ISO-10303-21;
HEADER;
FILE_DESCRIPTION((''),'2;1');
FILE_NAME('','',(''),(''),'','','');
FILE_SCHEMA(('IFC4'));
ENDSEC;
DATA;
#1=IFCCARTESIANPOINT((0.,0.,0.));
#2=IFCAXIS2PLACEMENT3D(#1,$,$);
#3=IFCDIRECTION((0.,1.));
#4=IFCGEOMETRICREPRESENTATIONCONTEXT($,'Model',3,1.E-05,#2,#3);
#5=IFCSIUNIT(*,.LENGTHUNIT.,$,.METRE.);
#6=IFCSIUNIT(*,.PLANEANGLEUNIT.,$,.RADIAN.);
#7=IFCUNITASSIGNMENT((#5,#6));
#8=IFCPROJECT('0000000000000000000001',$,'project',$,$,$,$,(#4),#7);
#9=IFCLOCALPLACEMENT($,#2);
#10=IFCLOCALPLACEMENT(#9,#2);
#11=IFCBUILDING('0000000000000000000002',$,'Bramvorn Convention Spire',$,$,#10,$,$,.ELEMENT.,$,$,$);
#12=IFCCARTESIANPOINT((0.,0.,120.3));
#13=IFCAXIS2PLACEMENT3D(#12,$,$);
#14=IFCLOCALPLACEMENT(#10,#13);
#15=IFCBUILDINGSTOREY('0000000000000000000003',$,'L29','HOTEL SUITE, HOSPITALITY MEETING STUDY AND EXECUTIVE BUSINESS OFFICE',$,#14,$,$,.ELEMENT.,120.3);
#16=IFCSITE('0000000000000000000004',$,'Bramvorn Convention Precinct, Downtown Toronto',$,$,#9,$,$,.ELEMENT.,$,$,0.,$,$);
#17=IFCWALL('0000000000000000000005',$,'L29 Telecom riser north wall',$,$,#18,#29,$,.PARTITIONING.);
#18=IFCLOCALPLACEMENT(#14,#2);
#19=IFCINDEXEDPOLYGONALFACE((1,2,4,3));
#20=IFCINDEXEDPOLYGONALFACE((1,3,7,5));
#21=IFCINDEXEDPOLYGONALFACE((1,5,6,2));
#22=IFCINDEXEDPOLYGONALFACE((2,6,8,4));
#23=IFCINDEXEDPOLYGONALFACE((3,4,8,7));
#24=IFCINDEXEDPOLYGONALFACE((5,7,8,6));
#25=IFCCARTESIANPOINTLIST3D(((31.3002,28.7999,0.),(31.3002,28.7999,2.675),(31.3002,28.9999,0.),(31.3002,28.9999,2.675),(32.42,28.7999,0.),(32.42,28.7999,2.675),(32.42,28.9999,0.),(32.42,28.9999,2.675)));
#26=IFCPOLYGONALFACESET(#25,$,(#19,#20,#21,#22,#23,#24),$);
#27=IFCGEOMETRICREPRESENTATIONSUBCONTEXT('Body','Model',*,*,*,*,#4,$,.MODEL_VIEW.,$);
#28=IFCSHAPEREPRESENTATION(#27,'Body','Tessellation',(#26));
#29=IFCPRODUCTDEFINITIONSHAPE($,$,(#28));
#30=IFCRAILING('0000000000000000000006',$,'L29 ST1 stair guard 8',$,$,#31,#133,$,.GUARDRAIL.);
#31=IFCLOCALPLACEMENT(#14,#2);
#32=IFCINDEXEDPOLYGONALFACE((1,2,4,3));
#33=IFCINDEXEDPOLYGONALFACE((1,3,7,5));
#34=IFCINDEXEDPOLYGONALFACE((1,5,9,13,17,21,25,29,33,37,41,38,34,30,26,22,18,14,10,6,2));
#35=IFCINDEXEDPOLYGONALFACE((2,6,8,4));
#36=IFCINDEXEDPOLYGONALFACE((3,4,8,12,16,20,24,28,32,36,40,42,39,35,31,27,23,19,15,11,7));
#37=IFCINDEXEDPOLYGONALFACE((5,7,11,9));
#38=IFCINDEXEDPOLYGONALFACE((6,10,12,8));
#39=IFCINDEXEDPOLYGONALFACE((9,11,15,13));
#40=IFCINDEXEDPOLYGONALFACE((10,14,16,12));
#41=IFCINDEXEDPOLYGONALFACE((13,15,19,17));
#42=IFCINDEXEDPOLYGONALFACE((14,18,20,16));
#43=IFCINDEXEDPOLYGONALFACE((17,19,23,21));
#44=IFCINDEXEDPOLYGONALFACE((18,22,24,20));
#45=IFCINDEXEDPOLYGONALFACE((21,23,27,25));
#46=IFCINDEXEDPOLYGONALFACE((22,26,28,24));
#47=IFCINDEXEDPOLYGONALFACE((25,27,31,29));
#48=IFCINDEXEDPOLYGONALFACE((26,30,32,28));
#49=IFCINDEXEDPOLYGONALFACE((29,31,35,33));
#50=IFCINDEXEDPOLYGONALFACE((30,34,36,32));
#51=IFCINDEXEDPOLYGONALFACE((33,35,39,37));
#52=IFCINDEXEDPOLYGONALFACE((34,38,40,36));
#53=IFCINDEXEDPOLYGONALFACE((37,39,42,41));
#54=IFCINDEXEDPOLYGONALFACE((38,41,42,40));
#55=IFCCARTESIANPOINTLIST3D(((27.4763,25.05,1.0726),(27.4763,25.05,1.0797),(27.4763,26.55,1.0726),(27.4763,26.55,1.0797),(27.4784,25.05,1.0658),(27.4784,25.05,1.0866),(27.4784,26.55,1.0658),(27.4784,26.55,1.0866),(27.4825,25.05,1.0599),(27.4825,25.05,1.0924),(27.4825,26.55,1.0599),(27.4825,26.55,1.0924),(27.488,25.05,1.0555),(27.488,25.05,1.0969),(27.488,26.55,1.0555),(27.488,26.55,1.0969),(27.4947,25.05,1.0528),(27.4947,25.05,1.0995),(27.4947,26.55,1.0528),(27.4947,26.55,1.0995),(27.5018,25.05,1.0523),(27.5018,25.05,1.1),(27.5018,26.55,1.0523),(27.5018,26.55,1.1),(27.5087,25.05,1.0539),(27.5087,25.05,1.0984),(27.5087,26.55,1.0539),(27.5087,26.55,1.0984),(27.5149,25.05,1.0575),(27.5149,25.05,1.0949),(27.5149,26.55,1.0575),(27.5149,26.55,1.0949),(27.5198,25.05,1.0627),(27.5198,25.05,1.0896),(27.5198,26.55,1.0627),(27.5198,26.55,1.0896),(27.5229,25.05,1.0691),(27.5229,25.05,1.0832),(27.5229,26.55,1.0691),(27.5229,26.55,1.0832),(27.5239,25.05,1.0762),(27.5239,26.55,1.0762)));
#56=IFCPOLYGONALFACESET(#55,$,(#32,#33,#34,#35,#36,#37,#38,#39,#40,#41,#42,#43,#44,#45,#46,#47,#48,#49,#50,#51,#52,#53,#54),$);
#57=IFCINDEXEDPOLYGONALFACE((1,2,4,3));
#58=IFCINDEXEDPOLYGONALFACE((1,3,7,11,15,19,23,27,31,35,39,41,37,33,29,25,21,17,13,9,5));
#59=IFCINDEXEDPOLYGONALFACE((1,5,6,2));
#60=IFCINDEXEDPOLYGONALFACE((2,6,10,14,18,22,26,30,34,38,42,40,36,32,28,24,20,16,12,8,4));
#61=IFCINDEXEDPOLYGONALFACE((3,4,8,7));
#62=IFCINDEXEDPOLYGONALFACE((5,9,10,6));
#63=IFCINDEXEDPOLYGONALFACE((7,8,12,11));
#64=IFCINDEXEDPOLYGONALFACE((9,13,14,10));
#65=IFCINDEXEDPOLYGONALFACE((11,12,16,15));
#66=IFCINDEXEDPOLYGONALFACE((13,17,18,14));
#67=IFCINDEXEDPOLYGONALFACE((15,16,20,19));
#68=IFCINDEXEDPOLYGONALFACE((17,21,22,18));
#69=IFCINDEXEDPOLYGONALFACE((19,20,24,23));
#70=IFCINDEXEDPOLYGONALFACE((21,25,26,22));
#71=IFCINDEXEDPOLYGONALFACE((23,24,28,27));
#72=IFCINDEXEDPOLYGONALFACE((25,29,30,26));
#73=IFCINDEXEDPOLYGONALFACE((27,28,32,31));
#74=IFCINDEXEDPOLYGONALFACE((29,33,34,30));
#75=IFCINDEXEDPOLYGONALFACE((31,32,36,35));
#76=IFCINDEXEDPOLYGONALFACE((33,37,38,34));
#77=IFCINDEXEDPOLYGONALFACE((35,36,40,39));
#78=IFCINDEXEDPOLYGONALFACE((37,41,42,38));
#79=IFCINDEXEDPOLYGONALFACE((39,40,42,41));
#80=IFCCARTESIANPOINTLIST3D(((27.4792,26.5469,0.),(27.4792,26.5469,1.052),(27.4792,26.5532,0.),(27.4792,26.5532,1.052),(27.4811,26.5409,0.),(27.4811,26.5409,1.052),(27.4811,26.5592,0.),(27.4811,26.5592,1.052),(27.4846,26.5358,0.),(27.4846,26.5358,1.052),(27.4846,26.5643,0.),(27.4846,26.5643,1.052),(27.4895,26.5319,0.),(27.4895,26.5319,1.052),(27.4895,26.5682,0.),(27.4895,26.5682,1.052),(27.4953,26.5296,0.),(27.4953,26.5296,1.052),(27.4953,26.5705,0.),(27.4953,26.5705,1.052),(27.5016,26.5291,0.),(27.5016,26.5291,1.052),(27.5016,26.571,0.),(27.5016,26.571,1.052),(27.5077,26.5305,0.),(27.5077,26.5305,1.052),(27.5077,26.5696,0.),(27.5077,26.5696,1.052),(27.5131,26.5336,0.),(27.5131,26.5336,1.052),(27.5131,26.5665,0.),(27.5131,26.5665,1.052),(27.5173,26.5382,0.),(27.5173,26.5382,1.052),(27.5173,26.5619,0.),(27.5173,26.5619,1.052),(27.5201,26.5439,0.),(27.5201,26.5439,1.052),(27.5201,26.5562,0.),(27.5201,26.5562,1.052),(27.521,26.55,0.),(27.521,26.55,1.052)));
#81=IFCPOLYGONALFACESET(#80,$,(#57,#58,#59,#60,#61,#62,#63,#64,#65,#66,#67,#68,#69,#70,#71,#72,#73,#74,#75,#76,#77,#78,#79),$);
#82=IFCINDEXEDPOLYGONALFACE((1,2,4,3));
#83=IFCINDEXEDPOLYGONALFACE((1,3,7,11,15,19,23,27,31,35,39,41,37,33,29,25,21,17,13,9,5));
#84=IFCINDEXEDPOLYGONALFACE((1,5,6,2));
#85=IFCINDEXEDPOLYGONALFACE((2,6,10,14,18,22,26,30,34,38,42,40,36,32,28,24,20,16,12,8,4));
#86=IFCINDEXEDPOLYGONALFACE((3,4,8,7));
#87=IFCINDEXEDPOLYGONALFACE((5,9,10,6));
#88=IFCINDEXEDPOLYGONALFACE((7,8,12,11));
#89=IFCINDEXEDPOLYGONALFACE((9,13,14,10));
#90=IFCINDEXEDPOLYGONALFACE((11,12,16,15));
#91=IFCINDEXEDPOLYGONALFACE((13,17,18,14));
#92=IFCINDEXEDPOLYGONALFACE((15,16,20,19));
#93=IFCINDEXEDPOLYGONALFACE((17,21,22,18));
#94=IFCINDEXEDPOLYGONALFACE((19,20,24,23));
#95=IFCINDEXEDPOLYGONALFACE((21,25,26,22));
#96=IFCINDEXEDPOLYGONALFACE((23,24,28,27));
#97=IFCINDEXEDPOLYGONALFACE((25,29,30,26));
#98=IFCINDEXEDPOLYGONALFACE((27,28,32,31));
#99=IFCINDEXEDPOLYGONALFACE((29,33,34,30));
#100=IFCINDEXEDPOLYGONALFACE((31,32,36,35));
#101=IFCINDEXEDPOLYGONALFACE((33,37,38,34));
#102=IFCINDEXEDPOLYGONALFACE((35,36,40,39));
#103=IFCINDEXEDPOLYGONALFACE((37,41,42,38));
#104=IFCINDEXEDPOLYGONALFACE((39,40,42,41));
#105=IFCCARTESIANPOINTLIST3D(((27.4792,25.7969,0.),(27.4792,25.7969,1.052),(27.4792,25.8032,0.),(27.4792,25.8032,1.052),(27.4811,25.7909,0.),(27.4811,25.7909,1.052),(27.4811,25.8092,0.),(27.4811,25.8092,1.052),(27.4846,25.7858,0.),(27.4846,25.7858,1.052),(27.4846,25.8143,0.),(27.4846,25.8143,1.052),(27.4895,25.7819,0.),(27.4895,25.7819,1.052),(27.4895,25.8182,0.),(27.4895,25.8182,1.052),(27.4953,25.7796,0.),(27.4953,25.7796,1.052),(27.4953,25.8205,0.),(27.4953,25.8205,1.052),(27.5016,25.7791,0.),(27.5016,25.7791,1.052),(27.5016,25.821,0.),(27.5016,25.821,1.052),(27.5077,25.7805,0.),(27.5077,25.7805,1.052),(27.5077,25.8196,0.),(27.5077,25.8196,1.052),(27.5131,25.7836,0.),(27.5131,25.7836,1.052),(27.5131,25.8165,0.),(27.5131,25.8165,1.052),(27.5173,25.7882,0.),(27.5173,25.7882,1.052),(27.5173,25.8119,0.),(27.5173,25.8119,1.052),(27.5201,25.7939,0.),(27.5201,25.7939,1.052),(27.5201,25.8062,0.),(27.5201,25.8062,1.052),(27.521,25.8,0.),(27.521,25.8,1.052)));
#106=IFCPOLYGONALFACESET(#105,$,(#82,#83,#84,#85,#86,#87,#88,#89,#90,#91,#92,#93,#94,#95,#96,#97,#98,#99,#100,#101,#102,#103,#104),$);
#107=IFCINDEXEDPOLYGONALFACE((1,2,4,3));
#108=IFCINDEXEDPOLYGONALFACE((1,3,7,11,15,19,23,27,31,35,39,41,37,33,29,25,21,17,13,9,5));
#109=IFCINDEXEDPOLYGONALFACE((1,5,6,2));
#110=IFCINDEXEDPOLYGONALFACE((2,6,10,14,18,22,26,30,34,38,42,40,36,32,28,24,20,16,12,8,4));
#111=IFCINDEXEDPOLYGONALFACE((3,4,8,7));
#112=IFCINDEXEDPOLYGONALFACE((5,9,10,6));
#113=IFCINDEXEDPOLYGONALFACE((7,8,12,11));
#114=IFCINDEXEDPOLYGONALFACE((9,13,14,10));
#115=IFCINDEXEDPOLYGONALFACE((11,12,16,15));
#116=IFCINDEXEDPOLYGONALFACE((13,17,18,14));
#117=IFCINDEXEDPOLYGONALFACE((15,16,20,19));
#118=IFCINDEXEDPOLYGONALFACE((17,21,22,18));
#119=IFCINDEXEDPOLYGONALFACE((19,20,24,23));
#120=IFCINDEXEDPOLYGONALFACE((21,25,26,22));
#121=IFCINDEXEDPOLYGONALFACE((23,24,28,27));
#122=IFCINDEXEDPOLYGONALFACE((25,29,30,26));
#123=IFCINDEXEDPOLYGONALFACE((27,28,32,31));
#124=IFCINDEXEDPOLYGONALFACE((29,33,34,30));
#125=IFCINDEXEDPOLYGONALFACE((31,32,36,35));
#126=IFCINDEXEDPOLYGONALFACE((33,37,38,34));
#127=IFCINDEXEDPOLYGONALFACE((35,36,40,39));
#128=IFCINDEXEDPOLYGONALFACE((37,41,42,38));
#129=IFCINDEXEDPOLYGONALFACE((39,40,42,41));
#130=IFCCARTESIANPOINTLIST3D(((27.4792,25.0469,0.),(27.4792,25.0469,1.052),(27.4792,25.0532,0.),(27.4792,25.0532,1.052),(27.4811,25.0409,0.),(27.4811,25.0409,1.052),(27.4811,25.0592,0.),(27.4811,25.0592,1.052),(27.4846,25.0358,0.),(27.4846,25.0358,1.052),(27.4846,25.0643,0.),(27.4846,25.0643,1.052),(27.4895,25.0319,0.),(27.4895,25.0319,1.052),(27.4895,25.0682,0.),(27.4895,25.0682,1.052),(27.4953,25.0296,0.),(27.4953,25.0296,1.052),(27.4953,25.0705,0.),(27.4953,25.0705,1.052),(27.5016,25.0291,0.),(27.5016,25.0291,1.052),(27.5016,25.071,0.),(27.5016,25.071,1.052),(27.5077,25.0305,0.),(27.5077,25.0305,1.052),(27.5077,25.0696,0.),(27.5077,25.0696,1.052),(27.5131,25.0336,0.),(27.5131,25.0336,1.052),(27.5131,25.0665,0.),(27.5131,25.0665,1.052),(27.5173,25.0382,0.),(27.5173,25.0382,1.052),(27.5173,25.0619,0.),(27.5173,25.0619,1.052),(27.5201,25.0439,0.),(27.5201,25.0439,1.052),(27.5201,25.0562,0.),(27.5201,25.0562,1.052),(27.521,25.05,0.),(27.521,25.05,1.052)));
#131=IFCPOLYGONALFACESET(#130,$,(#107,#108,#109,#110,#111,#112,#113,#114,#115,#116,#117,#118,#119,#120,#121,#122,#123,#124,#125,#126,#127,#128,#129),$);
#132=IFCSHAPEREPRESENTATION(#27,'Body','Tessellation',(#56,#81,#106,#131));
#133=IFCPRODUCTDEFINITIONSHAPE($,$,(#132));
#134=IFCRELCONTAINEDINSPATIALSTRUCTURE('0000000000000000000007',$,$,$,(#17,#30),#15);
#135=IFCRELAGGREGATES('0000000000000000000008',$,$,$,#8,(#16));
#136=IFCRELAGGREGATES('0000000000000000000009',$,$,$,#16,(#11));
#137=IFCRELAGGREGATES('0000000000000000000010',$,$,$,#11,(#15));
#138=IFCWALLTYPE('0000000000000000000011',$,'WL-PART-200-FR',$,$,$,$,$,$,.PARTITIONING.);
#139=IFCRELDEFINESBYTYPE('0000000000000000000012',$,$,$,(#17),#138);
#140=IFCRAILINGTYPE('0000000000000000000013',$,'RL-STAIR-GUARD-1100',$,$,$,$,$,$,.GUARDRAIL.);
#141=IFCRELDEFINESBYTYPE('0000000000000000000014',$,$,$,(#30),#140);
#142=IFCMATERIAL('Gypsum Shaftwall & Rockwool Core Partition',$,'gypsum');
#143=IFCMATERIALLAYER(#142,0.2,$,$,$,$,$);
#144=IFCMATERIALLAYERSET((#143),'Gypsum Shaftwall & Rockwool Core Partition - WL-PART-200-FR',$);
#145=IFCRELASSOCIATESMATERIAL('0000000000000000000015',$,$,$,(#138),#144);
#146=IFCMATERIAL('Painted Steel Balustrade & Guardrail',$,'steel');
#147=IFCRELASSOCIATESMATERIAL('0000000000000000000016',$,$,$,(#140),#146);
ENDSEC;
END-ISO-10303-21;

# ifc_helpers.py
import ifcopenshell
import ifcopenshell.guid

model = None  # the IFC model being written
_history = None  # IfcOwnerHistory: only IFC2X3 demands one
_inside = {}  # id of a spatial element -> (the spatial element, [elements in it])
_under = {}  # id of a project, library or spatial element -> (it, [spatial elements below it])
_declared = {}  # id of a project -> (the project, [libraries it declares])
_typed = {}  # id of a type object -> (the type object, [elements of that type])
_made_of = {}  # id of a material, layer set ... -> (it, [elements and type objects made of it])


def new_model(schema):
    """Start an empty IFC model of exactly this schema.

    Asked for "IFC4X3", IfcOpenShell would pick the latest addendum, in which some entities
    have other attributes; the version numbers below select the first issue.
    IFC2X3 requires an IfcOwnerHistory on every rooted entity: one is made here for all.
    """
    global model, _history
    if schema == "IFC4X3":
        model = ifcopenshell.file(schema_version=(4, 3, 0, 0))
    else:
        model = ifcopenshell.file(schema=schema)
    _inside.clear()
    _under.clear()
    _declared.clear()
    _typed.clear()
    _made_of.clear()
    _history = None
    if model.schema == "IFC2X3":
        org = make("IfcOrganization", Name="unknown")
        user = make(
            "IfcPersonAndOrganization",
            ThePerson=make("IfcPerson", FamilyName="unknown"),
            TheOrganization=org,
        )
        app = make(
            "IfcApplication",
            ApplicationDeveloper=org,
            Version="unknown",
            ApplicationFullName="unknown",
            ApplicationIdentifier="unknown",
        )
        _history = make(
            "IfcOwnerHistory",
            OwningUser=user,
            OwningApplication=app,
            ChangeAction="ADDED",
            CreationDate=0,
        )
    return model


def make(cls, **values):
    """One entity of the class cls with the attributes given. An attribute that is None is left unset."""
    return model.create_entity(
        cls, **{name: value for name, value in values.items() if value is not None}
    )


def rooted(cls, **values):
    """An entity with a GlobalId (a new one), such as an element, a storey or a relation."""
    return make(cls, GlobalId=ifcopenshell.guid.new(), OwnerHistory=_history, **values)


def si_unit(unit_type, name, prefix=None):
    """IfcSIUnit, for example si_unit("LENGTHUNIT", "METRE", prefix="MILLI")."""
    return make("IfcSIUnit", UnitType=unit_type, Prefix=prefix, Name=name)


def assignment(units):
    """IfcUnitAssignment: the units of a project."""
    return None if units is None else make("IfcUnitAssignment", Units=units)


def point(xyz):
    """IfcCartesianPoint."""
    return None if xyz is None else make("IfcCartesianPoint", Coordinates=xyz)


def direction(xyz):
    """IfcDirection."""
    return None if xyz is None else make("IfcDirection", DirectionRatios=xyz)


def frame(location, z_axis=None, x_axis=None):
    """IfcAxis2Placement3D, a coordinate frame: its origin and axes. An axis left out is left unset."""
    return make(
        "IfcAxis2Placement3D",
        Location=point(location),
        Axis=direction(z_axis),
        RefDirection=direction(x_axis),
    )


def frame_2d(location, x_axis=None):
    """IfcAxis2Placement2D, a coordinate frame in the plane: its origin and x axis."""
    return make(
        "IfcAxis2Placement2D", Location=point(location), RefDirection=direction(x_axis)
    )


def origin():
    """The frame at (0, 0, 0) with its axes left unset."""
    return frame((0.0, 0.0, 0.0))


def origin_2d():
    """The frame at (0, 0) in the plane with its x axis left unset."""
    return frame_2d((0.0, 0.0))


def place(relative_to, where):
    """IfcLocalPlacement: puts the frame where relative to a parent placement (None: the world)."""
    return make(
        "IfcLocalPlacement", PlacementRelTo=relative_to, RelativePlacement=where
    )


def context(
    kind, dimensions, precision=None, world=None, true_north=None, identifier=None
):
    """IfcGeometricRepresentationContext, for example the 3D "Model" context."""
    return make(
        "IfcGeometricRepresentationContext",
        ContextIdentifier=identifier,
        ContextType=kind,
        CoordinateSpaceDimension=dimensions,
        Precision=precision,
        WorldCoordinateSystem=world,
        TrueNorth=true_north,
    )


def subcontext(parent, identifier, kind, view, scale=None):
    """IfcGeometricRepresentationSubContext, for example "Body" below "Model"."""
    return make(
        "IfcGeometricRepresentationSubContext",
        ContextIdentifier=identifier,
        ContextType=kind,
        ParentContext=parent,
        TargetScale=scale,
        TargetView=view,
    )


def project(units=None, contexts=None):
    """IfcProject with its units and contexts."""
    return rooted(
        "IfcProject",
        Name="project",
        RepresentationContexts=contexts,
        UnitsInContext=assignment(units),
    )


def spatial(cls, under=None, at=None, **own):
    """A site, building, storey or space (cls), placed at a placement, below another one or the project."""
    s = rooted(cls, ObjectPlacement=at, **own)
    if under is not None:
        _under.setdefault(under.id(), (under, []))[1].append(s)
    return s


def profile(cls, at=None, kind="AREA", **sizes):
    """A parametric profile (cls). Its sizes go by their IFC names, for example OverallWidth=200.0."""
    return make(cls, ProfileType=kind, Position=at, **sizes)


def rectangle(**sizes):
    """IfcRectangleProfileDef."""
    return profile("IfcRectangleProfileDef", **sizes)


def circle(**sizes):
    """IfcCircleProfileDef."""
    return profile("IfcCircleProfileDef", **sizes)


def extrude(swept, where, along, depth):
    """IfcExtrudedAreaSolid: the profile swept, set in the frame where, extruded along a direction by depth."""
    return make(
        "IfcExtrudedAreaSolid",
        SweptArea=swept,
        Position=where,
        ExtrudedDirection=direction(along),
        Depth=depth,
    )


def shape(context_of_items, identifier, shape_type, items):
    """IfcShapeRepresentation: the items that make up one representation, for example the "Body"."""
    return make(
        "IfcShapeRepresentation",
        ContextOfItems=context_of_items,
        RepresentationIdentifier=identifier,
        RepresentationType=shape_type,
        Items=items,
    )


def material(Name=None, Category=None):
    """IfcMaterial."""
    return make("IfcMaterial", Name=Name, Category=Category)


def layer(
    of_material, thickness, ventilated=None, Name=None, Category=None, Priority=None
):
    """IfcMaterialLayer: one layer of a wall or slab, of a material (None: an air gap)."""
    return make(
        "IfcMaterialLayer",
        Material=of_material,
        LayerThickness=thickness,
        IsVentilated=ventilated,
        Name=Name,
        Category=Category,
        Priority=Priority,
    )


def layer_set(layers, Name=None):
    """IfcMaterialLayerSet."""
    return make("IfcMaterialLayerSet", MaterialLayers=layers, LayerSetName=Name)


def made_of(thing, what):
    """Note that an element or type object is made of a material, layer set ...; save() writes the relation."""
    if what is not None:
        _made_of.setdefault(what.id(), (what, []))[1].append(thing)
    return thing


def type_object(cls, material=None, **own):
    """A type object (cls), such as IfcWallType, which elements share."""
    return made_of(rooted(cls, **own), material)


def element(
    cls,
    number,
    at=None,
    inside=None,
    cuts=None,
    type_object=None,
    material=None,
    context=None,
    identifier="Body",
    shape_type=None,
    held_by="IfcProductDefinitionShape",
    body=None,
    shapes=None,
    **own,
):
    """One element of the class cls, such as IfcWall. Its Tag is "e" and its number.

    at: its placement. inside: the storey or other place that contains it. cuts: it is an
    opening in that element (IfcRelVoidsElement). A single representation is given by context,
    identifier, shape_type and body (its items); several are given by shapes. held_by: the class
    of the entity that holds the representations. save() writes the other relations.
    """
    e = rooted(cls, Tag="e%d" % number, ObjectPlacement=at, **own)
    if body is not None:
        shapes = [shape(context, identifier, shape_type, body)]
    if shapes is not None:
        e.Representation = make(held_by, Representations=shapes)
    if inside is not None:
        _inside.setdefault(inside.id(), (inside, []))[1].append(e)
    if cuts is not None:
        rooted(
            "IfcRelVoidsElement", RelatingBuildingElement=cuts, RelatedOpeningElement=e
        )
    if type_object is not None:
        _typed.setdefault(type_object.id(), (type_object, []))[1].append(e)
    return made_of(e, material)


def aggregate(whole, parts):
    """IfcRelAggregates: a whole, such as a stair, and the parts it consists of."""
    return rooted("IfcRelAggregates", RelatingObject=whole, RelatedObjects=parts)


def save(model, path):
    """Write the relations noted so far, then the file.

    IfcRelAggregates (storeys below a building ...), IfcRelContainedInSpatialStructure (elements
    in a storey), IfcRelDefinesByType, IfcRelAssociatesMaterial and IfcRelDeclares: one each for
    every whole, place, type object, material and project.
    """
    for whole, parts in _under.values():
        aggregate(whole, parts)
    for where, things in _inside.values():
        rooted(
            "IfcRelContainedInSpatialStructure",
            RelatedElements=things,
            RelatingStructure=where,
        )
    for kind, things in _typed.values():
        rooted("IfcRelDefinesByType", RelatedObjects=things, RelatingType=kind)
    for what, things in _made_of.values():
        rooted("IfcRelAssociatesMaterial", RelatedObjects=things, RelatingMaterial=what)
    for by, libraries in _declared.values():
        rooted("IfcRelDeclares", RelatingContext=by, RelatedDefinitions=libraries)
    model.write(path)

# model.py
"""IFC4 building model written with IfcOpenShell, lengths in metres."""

from ifc_helpers import new_model, si_unit, direction, frame, frame_2d, origin, origin_2d, place, context, subcontext, project, spatial, rectangle, circle, extrude, material, layer, layer_set, type_object, element, save


model = new_model("IFC4")

# Units and contexts
model_context = context("Model", 3, precision=1e-05, world=origin(), true_north=direction((0.0, 1.0)))
body_context = subcontext(model_context, "Body", "Model", "MODEL_VIEW")
ifc_project = project(units=[si_unit("LENGTHUNIT", "METRE"), si_unit("PLANEANGLEUNIT", "RADIAN")], contexts=[model_context])

# Site, building, storey
site_placement = place(None, origin())
site = spatial("IfcSite", under=ifc_project, at=site_placement, Name="Bramvorn Convention Precinct, Downtown Toronto", CompositionType="ELEMENT", RefElevation=0.0)
building_placement = place(site_placement, origin())
building = spatial("IfcBuilding", under=site, at=building_placement, Name="Bramvorn Convention Spire", CompositionType="ELEMENT")
storey_placement = place(building_placement, frame((0.0, 0.0, 120.3)))
storey = spatial("IfcBuildingStorey", under=building, at=storey_placement, Name="L29", Description="HOTEL SUITE, HOSPITALITY MEETING STUDY AND EXECUTIVE BUSINESS OFFICE", CompositionType="ELEMENT", Elevation=120.3)

# Shared definitions
ifc_material_1 = material(Name="Gypsum Shaftwall & Rockwool Core Partition", Category="gypsum")
ifc_layer_1 = layer(ifc_material_1, 0.2)
ifc_layer_set_1 = layer_set([ifc_layer_1], Name="Gypsum Shaftwall & Rockwool Core Partition - WL-PART-200-FR")
wall_type_1 = type_object("IfcWallType", Name="WL-PART-200-FR", PredefinedType="PARTITIONING", material=ifc_layer_set_1)

# Wall
wall_1_placement = place(storey_placement, frame((31.3, 28.8999, 0.0), z_axis=(0.0, 0.0, 1.0), x_axis=(1.0, 0.0, 0.0)))
element("IfcWall", 1, at=wall_1_placement, inside=storey, type_object=wall_type_1, Name="L29 Telecom riser north wall", PredefinedType="PARTITIONING", context=body_context, shape_type="SweptSolid", body=[
    extrude(rectangle(XDim=1.1199, YDim=0.2, at=frame_2d((0.5601, 0.0))), origin(), (0.0, 0.0, 1.0), 2.675),
])

# Railing
ifc_material_2 = material(Name="Painted Steel Balustrade & Guardrail", Category="steel")
railing_type = type_object("IfcRailingType", Name="RL-STAIR-GUARD-1100", PredefinedType="GUARDRAIL", material=ifc_material_2)
for number, where, name in (
    (2, (27.5, 26.55, 0.0), "L29 ST1 stair guard 8"),
):
    element("IfcRailing", number, at=place(storey_placement, frame(where)), inside=storey, type_object=railing_type, Name=name, PredefinedType="GUARDRAIL", context=body_context, shape_type="SweptSolid", body=[
        extrude(circle(Radius=0.0239, at=origin_2d()), frame((0.0, 0.0, 1.0762), z_axis=(0.0, -1.0, 0.0), x_axis=(1.0, 0.0, 0.0)), (0.0, 0.0, 1.0), 1.5),
        extrude(circle(Radius=0.021, at=origin_2d()), origin(), (0.0, 0.0, 1.0), 1.052),
        extrude(circle(Radius=0.021, at=origin_2d()), frame((0.0, -0.75, 0.0)), (0.0, 0.0, 1.0), 1.052),
        extrude(circle(Radius=0.021, at=origin_2d()), frame((0.0, -1.5, 0.0)), (0.0, 0.0, 1.0), 1.052),
    ])

save(model, "model.ifc")
